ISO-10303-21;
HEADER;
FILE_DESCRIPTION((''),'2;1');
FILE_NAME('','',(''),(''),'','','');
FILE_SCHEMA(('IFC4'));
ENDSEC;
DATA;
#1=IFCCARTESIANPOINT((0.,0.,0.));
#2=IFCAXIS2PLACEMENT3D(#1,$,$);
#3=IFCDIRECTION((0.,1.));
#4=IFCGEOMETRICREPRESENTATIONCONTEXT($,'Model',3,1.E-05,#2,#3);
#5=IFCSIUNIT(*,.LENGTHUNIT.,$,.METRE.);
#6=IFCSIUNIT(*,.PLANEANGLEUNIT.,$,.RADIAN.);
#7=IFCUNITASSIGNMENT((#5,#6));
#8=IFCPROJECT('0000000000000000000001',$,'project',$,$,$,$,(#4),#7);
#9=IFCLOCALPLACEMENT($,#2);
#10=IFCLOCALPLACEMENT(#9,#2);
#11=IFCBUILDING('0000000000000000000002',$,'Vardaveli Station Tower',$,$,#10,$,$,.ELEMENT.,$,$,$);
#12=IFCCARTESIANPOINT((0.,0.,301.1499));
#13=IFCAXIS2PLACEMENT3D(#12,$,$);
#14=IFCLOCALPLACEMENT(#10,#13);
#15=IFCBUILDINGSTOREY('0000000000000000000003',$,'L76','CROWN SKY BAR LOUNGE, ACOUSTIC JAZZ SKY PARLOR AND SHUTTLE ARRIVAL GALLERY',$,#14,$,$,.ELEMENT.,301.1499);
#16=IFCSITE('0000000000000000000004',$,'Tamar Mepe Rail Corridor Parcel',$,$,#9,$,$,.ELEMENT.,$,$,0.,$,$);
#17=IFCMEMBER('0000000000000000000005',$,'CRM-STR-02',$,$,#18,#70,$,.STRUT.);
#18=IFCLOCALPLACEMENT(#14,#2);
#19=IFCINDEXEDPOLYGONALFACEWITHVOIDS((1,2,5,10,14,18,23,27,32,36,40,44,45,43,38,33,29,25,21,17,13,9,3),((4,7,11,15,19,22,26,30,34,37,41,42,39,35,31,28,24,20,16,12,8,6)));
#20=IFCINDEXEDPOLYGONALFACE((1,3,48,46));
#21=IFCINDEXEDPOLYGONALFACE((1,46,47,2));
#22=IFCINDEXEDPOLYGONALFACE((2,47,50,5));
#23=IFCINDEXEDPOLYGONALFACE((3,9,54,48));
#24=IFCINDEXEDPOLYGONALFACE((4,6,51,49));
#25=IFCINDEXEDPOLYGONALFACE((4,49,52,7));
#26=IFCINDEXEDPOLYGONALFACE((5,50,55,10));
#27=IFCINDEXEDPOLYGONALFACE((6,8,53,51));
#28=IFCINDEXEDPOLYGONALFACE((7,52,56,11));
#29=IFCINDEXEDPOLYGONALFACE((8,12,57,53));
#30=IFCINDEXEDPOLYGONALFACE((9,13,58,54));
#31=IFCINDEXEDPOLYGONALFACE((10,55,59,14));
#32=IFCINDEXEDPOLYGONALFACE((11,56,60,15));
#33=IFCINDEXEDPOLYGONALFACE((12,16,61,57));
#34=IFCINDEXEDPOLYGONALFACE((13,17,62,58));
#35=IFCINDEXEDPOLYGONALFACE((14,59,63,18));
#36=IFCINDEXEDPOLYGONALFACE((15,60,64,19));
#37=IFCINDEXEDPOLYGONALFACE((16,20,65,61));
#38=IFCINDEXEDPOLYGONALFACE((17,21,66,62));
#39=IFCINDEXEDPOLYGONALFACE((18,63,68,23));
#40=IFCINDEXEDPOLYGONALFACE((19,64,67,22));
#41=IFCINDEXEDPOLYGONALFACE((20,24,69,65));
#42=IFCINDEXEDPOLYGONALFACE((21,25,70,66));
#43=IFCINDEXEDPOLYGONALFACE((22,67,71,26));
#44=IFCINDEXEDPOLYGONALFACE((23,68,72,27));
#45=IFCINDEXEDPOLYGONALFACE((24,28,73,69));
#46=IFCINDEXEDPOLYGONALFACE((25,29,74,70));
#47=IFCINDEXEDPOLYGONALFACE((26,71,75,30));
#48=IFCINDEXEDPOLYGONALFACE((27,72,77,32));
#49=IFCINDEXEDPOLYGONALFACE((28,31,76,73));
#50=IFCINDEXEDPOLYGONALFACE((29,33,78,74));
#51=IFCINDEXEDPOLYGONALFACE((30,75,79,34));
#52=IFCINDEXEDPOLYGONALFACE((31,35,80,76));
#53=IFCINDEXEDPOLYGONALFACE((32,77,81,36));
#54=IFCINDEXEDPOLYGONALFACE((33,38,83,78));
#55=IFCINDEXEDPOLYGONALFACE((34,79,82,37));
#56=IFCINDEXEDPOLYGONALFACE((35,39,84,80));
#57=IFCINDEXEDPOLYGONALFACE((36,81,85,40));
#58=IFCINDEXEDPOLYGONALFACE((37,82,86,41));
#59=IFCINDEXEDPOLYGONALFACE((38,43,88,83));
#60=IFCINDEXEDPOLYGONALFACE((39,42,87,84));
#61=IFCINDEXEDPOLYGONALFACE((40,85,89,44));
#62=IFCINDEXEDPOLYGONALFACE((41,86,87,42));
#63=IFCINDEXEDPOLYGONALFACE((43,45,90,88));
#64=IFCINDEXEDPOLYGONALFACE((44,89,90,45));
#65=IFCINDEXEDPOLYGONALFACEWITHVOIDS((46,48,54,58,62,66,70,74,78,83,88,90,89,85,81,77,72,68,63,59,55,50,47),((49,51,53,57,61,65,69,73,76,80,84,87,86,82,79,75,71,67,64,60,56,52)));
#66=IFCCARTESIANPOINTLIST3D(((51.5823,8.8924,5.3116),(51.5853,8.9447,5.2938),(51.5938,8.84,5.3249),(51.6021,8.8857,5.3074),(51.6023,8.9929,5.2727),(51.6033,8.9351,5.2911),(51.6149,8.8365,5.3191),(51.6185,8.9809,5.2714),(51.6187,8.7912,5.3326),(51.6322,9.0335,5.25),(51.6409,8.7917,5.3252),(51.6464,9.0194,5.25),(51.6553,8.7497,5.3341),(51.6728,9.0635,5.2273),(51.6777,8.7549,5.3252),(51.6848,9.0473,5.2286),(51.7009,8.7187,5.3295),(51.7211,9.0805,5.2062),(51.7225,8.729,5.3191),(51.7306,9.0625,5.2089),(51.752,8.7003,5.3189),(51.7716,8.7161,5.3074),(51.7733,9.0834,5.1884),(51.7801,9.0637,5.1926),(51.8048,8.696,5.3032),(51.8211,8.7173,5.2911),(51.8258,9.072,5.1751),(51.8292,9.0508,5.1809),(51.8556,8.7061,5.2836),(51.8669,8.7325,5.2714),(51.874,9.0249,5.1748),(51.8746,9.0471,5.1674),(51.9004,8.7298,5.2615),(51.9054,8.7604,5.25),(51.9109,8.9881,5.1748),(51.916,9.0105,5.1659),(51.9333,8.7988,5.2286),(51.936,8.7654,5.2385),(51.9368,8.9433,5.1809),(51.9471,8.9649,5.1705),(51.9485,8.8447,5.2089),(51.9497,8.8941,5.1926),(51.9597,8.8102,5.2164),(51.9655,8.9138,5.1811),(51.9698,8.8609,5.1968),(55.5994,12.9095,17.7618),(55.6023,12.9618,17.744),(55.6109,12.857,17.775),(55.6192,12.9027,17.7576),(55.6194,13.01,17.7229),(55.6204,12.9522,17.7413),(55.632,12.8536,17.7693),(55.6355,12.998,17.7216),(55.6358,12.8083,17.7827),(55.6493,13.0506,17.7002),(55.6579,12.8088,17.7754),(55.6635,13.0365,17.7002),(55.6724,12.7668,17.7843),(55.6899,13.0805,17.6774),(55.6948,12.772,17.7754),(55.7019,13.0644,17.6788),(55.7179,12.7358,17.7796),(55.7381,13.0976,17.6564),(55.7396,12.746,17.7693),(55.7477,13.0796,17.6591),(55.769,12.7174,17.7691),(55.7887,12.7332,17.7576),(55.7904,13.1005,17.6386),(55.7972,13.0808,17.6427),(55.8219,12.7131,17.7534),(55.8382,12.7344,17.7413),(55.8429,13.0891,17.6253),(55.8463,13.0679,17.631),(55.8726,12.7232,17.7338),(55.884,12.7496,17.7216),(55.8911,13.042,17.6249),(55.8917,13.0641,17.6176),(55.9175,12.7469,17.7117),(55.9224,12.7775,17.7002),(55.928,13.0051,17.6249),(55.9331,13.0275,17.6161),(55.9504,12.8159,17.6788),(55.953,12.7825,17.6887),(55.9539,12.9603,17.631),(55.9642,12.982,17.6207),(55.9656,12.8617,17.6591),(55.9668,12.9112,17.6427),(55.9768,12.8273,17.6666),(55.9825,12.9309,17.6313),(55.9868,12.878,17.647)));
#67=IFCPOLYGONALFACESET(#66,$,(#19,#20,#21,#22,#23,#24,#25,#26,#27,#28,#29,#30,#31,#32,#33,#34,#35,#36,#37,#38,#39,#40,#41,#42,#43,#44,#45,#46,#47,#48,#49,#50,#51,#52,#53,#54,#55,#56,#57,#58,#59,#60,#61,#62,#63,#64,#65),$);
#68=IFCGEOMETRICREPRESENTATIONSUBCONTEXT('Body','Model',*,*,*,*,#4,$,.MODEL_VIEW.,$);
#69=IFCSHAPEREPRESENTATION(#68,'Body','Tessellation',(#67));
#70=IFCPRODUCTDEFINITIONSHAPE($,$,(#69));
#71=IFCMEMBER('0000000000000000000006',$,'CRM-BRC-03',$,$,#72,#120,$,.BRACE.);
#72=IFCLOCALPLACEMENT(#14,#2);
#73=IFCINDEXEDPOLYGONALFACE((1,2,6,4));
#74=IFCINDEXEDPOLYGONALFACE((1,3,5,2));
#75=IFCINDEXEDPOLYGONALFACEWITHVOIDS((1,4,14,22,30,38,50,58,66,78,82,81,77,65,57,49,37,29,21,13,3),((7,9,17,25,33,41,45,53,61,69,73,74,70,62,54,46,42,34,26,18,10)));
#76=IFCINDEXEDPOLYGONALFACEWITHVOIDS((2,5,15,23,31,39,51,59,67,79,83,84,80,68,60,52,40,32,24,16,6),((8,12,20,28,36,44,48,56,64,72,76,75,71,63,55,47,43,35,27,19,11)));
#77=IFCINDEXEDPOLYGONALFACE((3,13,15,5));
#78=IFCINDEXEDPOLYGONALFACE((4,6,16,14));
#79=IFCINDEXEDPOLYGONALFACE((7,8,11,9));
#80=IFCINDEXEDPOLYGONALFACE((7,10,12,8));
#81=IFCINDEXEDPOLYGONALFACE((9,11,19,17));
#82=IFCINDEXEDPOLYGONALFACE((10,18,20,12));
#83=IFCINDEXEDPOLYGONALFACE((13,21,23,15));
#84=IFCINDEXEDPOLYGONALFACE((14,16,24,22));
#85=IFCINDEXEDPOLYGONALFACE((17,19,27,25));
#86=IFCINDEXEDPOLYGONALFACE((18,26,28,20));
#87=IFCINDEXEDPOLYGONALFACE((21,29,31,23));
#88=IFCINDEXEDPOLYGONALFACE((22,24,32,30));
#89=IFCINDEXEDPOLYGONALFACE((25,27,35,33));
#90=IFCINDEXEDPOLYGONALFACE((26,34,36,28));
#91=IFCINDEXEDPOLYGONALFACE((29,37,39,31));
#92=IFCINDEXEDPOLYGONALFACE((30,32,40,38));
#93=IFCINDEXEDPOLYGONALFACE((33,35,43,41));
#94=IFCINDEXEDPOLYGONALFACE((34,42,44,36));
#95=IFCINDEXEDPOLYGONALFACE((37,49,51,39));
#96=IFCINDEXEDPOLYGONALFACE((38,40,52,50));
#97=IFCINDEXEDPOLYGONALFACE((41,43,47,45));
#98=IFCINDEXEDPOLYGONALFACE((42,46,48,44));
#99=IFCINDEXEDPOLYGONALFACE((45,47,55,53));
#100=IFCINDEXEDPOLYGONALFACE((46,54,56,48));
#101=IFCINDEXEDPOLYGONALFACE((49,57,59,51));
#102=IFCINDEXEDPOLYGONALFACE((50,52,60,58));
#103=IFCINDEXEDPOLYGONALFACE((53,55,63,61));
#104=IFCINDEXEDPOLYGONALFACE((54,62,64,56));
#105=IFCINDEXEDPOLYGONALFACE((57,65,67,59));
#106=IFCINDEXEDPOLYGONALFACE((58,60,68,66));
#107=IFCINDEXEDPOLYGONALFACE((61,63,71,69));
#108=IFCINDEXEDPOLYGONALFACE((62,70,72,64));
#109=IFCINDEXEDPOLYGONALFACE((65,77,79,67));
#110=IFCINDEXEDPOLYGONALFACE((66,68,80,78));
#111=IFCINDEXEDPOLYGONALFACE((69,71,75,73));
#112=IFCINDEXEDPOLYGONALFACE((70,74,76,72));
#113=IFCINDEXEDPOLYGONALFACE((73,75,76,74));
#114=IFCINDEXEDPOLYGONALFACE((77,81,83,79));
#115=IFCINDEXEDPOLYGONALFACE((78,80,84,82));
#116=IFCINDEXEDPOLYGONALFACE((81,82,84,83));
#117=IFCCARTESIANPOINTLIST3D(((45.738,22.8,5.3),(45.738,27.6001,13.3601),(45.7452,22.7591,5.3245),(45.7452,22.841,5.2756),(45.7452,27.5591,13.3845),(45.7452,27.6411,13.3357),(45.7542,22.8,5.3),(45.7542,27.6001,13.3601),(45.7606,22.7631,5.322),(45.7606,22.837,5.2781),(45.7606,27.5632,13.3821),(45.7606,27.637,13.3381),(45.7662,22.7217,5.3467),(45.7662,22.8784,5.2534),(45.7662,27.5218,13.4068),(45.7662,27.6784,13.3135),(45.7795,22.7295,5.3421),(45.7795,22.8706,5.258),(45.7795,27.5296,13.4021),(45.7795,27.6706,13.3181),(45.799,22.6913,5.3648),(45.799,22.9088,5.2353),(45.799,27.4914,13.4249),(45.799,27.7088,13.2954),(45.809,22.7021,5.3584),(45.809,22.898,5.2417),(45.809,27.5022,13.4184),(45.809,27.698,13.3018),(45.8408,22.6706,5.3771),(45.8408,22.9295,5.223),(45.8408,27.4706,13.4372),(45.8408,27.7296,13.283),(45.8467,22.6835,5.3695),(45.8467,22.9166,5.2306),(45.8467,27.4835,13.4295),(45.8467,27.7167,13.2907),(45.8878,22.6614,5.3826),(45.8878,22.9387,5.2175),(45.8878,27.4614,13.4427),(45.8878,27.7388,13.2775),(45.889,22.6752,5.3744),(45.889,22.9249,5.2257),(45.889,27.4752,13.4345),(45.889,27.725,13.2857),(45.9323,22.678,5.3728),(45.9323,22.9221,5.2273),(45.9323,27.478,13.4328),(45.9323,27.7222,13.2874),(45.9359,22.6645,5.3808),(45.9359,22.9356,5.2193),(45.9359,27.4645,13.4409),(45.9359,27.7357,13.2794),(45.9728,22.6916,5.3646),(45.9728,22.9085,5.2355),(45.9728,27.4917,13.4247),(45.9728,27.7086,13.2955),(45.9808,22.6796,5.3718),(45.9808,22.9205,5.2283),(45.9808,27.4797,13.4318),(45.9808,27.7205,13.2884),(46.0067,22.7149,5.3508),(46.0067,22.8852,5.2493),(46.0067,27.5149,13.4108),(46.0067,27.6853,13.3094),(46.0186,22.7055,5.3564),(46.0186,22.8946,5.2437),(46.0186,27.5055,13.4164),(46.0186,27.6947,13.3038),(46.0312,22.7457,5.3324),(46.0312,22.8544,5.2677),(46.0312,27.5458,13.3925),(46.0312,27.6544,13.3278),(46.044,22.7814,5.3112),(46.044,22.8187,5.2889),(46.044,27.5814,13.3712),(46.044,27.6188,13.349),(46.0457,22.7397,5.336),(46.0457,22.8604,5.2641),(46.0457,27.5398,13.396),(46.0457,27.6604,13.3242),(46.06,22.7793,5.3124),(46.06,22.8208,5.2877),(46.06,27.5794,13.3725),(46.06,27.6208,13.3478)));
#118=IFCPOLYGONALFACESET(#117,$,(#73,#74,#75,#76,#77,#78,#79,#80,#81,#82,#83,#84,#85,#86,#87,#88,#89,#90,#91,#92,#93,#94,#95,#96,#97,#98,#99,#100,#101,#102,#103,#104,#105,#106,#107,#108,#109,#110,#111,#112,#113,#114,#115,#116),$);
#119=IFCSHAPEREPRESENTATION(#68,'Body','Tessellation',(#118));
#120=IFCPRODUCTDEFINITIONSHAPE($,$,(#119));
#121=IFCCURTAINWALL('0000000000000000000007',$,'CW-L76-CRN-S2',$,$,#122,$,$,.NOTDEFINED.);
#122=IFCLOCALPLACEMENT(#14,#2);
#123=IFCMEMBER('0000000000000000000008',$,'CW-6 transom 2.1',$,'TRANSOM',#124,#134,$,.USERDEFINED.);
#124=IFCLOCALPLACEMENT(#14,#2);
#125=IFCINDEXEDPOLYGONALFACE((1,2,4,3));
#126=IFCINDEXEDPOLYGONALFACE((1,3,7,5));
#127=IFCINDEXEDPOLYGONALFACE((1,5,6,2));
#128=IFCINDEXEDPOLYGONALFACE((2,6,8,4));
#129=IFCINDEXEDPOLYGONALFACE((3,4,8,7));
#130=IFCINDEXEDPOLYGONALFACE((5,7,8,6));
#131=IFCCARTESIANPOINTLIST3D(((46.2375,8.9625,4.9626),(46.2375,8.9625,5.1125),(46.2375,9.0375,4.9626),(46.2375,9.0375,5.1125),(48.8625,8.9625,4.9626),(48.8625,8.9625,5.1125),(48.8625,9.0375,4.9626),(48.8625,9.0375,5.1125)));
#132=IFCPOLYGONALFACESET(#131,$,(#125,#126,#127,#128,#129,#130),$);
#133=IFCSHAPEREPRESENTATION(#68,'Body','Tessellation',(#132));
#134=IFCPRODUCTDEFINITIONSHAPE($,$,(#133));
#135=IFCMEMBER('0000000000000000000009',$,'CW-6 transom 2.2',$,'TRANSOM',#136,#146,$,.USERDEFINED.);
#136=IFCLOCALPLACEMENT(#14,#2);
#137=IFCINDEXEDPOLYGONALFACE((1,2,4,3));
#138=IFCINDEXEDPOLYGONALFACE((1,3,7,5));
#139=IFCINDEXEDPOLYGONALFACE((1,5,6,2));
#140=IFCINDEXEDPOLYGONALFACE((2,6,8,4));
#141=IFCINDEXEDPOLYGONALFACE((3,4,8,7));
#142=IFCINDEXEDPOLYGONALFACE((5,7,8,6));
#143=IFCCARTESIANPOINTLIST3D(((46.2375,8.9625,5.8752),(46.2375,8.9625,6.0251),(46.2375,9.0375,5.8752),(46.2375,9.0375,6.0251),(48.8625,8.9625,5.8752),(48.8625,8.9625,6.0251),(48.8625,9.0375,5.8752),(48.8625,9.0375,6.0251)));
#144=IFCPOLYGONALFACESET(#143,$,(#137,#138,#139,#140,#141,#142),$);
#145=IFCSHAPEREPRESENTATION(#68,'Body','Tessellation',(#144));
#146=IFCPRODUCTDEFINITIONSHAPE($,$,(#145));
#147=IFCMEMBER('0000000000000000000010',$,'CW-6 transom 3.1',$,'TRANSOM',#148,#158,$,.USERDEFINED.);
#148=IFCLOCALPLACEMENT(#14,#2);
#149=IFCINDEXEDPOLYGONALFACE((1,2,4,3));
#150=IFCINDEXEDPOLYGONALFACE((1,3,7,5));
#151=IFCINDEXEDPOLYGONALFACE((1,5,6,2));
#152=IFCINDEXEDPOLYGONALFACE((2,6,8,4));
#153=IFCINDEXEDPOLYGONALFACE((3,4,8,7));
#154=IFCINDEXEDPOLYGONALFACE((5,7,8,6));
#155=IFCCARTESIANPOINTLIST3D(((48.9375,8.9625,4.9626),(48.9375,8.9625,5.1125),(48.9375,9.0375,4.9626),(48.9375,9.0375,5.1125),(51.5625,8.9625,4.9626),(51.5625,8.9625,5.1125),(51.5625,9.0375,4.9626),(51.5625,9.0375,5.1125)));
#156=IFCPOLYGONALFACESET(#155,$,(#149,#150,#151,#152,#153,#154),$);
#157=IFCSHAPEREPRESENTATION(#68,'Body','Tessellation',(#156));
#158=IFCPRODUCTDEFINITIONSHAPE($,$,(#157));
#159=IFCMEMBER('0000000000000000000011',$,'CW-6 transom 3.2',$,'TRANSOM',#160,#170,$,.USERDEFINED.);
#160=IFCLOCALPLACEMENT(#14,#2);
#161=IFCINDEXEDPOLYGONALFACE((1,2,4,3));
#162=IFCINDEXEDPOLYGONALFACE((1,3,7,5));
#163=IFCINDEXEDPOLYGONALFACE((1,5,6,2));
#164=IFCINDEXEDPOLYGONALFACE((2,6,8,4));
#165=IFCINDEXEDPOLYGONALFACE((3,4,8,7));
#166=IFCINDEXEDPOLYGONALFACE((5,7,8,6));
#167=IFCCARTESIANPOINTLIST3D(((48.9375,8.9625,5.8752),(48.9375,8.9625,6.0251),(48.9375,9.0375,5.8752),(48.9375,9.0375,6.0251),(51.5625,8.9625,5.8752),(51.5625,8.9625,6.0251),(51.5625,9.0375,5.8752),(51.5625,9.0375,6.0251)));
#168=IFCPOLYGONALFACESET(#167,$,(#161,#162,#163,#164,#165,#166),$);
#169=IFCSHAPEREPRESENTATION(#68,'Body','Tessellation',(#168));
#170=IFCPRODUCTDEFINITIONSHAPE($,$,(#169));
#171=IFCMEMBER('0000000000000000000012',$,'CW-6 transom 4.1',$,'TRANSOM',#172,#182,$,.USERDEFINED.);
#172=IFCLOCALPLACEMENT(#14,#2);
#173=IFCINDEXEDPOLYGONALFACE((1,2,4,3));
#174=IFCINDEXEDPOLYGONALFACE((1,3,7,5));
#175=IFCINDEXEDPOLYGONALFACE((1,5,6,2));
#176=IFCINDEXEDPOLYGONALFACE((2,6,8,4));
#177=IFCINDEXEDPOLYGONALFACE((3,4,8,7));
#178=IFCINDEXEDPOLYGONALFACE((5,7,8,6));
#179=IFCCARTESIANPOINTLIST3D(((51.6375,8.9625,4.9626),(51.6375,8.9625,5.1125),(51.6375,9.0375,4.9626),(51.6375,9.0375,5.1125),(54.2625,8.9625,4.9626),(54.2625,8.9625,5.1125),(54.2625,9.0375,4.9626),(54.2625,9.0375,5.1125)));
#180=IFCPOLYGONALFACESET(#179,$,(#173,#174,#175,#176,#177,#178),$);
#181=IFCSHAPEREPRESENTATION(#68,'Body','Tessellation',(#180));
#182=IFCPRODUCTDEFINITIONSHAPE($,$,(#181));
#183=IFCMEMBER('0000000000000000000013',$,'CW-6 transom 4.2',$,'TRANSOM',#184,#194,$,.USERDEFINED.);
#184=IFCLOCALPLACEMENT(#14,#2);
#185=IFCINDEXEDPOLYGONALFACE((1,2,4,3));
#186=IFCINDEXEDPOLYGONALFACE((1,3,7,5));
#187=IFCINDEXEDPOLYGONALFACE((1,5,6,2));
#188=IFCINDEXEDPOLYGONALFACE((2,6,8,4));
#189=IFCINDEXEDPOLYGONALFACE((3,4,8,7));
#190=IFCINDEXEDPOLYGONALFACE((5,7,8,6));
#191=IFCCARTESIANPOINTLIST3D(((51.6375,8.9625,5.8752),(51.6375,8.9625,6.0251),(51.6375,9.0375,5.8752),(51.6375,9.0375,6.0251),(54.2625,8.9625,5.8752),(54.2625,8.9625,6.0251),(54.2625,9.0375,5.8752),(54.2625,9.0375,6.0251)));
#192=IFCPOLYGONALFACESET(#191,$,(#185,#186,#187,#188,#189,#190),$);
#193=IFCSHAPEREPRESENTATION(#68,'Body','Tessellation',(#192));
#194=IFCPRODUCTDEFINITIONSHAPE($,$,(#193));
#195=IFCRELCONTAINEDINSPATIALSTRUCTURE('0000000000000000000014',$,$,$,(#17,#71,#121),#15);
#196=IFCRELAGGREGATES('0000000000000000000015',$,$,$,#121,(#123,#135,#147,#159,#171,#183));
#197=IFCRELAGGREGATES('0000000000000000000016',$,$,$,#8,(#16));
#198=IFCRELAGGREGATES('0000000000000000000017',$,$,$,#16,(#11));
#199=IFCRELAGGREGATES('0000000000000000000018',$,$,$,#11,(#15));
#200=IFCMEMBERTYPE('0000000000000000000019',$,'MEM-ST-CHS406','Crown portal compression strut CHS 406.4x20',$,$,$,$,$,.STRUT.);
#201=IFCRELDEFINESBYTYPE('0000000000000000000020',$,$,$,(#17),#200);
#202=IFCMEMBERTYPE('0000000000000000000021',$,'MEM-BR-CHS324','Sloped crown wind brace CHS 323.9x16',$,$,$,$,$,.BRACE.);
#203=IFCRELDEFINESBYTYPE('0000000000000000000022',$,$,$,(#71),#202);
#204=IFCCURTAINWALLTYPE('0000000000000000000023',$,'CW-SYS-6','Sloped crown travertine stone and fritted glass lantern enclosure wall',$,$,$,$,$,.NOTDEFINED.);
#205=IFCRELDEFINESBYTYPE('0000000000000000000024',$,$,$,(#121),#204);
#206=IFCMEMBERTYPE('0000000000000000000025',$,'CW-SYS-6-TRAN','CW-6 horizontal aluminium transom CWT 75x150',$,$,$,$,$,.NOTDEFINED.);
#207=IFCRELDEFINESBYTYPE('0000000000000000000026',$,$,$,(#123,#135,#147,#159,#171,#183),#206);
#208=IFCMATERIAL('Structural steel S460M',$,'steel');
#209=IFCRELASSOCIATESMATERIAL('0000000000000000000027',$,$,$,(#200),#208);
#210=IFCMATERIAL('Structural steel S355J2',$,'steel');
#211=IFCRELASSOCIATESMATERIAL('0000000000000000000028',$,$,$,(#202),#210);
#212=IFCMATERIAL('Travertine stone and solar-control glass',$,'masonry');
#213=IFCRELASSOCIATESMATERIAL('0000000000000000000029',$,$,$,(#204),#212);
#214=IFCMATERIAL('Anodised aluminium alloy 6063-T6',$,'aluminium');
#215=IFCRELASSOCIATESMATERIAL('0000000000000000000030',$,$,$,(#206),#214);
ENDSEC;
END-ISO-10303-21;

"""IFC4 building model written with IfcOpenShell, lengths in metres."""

from ifc_helpers import new_model, si_unit, direction, frame, origin, origin_2d, place, context, subcontext, project, spatial, rectangle, hollow_circle, extrude, source, transform, mapped, material, material_profile, profile_set, type_object, element, aggregate, save


model = new_model("IFC4")

# Units and contexts
model_context = context("Model", 3, precision=1e-05, world=origin(), true_north=direction((0.0, 1.0)))
body_context = subcontext(model_context, "Body", "Model", "MODEL_VIEW")
ifc_project = project(units=[si_unit("LENGTHUNIT", "METRE"), si_unit("PLANEANGLEUNIT", "RADIAN")], contexts=[model_context])

# Site, building, storey
site_placement = place(None, origin())
site = spatial("IfcSite", under=ifc_project, at=site_placement, Name="Tamar Mepe Rail Corridor Parcel", CompositionType="ELEMENT", RefElevation=0.0)
building_placement = place(site_placement, origin())
building = spatial("IfcBuilding", under=site, at=building_placement, Name="Vardaveli Station Tower", CompositionType="ELEMENT")
storey_placement = place(building_placement, frame((0.0, 0.0, 301.1499)))
storey = spatial("IfcBuildingStorey", under=building, at=storey_placement, Name="L76", Description="CROWN SKY BAR LOUNGE, ACOUSTIC JAZZ SKY PARLOR AND SHUTTLE ARRIVAL GALLERY", CompositionType="ELEMENT", Elevation=301.1499)

# Members
ifc_material_1 = material(Name="Structural steel S460M", Category="steel")
ifc_material_profile_1 = material_profile(ifc_material_1, hollow_circle(Radius=0.2031, WallThickness=0.02, at=origin_2d()), Name="CHS 406.4x20")
ifc_profile_set_1 = profile_set([ifc_material_profile_1], Name="Structural steel S460M")
member_type_1 = type_object("IfcMemberType", Name="MEM-ST-CHS406", Description="Crown portal compression strut CHS 406.4x20", PredefinedType="STRUT", material=ifc_profile_set_1)
shared_shape_1 = source(origin(), body_context, "Body", "SweptSolid", [
    extrude(hollow_circle(Radius=0.2031, WallThickness=0.02, at=origin_2d()), origin(), (0.0, 0.0, 1.0), 13.6851),
])
member_1_placement = place(storey_placement, frame((51.7759, 8.8899, 5.25), z_axis=(0.293538, 0.293538, 0.909764), x_axis=(-0.707107, 0.707107, 0.0)))
element("IfcMember", 1, at=member_1_placement, inside=storey, type_object=member_type_1, Name="CRM-STR-02", PredefinedType="STRUT", context=body_context, shape_type="MappedRepresentation", body=[
    mapped(shared_shape_1, transform((0.0, 0.0, 0.0), scale=1.0)),
])
ifc_material_2 = material(Name="Structural steel S355J2", Category="steel")
ifc_material_profile_2 = material_profile(ifc_material_2, hollow_circle(Radius=0.1619, WallThickness=0.0161, at=origin_2d()), Name="CHS 323.9x16")
ifc_profile_set_2 = profile_set([ifc_material_profile_2], Name="Structural steel S355J2")
member_type_2 = type_object("IfcMemberType", Name="MEM-BR-CHS324", Description="Sloped crown wind brace CHS 323.9x16", PredefinedType="BRACE", material=ifc_profile_set_2)
shared_shape_2 = source(origin(), body_context, "Body", "SweptSolid", [
    extrude(hollow_circle(Radius=0.1619, WallThickness=0.0161, at=origin_2d()), origin(), (0.0, 0.0, 1.0), 9.3811),
])
member_2_placement = place(storey_placement, frame((45.8999, 22.8, 5.3), z_axis=(0.0, 0.511672, 0.859181), x_axis=(-1.0, 0.0, 0.0)))
element("IfcMember", 2, at=member_2_placement, inside=storey, type_object=member_type_2, Name="CRM-BRC-03", PredefinedType="BRACE", context=body_context, shape_type="MappedRepresentation", body=[
    mapped(shared_shape_2, transform((0.0, 0.0, 0.0), scale=1.0)),
])

# Curtain wall, members
ifc_material_3 = material(Name="Travertine stone and solar-control glass", Category="masonry")
curtain_wall_type = type_object("IfcCurtainWallType", Name="CW-SYS-6", Description="Sloped crown travertine stone and fritted glass lantern enclosure wall", PredefinedType="NOTDEFINED", material=ifc_material_3)
curtain_wall_1_placement = place(storey_placement, origin())
curtain_wall_1 = element("IfcCurtainWall", 3, at=curtain_wall_1_placement, inside=storey, type_object=curtain_wall_type, Name="CW-L76-CRN-S2", PredefinedType="NOTDEFINED")
ifc_material_4 = material(Name="Anodised aluminium alloy 6063-T6", Category="aluminium")
ifc_material_profile_3 = material_profile(ifc_material_4, rectangle(XDim=0.075, YDim=0.1499, at=origin_2d()), Name="CWT 75x150")
ifc_profile_set_3 = profile_set([ifc_material_profile_3], Name="Anodised aluminium alloy 6063-T6")
member_type_3 = type_object("IfcMemberType", Name="CW-SYS-6-TRAN", Description="CW-6 horizontal aluminium transom CWT 75x150", PredefinedType="NOTDEFINED", material=ifc_profile_set_3)
shared_shape_3 = source(origin(), body_context, "Body", "SweptSolid", [
    extrude(rectangle(XDim=0.075, YDim=0.1499, at=origin_2d()), origin(), (0.0, 0.0, 1.0), 2.625),
])
member_3_placement = place(storey_placement, frame((46.2375, 9.0, 5.0376), z_axis=(1.0, 0.0, 0.0), x_axis=(0.0, 1.0, 0.0)))
member_3 = element("IfcMember", 4, at=member_3_placement, type_object=member_type_3, Name="CW-6 transom 2.1", ObjectType="TRANSOM", PredefinedType="USERDEFINED", context=body_context, shape_type="MappedRepresentation", body=[
    mapped(shared_shape_3, transform((0.0, 0.0, 0.0), scale=1.0)),
])
member_4_placement = place(storey_placement, frame((46.2375, 9.0, 5.9502), z_axis=(1.0, 0.0, 0.0), x_axis=(0.0, 1.0, 0.0)))
member_4 = element("IfcMember", 5, at=member_4_placement, type_object=member_type_3, Name="CW-6 transom 2.2", ObjectType="TRANSOM", PredefinedType="USERDEFINED", context=body_context, shape_type="MappedRepresentation", body=[
    mapped(shared_shape_3, transform((0.0, 0.0, 0.0), scale=1.0)),
])
member_5_placement = place(storey_placement, frame((48.9375, 9.0, 5.0376), z_axis=(1.0, 0.0, 0.0), x_axis=(0.0, 1.0, 0.0)))
member_5 = element("IfcMember", 6, at=member_5_placement, type_object=member_type_3, Name="CW-6 transom 3.1", ObjectType="TRANSOM", PredefinedType="USERDEFINED", context=body_context, shape_type="MappedRepresentation", body=[
    mapped(shared_shape_3, transform((0.0, 0.0, 0.0), scale=1.0)),
])
member_6_placement = place(storey_placement, frame((48.9375, 9.0, 5.9502), z_axis=(1.0, 0.0, 0.0), x_axis=(0.0, 1.0, 0.0)))
member_6 = element("IfcMember", 7, at=member_6_placement, type_object=member_type_3, Name="CW-6 transom 3.2", ObjectType="TRANSOM", PredefinedType="USERDEFINED", context=body_context, shape_type="MappedRepresentation", body=[
    mapped(shared_shape_3, transform((0.0, 0.0, 0.0), scale=1.0)),
])
member_7_placement = place(storey_placement, frame((51.6375, 9.0, 5.0376), z_axis=(1.0, 0.0, 0.0), x_axis=(0.0, 1.0, 0.0)))
member_7 = element("IfcMember", 8, at=member_7_placement, type_object=member_type_3, Name="CW-6 transom 4.1", ObjectType="TRANSOM", PredefinedType="USERDEFINED", context=body_context, shape_type="MappedRepresentation", body=[
    mapped(shared_shape_3, transform((0.0, 0.0, 0.0), scale=1.0)),
])
member_8_placement = place(storey_placement, frame((51.6375, 9.0, 5.9502), z_axis=(1.0, 0.0, 0.0), x_axis=(0.0, 1.0, 0.0)))
member_8 = element("IfcMember", 9, at=member_8_placement, type_object=member_type_3, Name="CW-6 transom 4.2", ObjectType="TRANSOM", PredefinedType="USERDEFINED", context=body_context, shape_type="MappedRepresentation", body=[
    mapped(shared_shape_3, transform((0.0, 0.0, 0.0), scale=1.0)),
])

aggregate(curtain_wall_1, [member_3, member_4, member_5, member_6, member_7, member_8])

save(model, "model.ifc")
